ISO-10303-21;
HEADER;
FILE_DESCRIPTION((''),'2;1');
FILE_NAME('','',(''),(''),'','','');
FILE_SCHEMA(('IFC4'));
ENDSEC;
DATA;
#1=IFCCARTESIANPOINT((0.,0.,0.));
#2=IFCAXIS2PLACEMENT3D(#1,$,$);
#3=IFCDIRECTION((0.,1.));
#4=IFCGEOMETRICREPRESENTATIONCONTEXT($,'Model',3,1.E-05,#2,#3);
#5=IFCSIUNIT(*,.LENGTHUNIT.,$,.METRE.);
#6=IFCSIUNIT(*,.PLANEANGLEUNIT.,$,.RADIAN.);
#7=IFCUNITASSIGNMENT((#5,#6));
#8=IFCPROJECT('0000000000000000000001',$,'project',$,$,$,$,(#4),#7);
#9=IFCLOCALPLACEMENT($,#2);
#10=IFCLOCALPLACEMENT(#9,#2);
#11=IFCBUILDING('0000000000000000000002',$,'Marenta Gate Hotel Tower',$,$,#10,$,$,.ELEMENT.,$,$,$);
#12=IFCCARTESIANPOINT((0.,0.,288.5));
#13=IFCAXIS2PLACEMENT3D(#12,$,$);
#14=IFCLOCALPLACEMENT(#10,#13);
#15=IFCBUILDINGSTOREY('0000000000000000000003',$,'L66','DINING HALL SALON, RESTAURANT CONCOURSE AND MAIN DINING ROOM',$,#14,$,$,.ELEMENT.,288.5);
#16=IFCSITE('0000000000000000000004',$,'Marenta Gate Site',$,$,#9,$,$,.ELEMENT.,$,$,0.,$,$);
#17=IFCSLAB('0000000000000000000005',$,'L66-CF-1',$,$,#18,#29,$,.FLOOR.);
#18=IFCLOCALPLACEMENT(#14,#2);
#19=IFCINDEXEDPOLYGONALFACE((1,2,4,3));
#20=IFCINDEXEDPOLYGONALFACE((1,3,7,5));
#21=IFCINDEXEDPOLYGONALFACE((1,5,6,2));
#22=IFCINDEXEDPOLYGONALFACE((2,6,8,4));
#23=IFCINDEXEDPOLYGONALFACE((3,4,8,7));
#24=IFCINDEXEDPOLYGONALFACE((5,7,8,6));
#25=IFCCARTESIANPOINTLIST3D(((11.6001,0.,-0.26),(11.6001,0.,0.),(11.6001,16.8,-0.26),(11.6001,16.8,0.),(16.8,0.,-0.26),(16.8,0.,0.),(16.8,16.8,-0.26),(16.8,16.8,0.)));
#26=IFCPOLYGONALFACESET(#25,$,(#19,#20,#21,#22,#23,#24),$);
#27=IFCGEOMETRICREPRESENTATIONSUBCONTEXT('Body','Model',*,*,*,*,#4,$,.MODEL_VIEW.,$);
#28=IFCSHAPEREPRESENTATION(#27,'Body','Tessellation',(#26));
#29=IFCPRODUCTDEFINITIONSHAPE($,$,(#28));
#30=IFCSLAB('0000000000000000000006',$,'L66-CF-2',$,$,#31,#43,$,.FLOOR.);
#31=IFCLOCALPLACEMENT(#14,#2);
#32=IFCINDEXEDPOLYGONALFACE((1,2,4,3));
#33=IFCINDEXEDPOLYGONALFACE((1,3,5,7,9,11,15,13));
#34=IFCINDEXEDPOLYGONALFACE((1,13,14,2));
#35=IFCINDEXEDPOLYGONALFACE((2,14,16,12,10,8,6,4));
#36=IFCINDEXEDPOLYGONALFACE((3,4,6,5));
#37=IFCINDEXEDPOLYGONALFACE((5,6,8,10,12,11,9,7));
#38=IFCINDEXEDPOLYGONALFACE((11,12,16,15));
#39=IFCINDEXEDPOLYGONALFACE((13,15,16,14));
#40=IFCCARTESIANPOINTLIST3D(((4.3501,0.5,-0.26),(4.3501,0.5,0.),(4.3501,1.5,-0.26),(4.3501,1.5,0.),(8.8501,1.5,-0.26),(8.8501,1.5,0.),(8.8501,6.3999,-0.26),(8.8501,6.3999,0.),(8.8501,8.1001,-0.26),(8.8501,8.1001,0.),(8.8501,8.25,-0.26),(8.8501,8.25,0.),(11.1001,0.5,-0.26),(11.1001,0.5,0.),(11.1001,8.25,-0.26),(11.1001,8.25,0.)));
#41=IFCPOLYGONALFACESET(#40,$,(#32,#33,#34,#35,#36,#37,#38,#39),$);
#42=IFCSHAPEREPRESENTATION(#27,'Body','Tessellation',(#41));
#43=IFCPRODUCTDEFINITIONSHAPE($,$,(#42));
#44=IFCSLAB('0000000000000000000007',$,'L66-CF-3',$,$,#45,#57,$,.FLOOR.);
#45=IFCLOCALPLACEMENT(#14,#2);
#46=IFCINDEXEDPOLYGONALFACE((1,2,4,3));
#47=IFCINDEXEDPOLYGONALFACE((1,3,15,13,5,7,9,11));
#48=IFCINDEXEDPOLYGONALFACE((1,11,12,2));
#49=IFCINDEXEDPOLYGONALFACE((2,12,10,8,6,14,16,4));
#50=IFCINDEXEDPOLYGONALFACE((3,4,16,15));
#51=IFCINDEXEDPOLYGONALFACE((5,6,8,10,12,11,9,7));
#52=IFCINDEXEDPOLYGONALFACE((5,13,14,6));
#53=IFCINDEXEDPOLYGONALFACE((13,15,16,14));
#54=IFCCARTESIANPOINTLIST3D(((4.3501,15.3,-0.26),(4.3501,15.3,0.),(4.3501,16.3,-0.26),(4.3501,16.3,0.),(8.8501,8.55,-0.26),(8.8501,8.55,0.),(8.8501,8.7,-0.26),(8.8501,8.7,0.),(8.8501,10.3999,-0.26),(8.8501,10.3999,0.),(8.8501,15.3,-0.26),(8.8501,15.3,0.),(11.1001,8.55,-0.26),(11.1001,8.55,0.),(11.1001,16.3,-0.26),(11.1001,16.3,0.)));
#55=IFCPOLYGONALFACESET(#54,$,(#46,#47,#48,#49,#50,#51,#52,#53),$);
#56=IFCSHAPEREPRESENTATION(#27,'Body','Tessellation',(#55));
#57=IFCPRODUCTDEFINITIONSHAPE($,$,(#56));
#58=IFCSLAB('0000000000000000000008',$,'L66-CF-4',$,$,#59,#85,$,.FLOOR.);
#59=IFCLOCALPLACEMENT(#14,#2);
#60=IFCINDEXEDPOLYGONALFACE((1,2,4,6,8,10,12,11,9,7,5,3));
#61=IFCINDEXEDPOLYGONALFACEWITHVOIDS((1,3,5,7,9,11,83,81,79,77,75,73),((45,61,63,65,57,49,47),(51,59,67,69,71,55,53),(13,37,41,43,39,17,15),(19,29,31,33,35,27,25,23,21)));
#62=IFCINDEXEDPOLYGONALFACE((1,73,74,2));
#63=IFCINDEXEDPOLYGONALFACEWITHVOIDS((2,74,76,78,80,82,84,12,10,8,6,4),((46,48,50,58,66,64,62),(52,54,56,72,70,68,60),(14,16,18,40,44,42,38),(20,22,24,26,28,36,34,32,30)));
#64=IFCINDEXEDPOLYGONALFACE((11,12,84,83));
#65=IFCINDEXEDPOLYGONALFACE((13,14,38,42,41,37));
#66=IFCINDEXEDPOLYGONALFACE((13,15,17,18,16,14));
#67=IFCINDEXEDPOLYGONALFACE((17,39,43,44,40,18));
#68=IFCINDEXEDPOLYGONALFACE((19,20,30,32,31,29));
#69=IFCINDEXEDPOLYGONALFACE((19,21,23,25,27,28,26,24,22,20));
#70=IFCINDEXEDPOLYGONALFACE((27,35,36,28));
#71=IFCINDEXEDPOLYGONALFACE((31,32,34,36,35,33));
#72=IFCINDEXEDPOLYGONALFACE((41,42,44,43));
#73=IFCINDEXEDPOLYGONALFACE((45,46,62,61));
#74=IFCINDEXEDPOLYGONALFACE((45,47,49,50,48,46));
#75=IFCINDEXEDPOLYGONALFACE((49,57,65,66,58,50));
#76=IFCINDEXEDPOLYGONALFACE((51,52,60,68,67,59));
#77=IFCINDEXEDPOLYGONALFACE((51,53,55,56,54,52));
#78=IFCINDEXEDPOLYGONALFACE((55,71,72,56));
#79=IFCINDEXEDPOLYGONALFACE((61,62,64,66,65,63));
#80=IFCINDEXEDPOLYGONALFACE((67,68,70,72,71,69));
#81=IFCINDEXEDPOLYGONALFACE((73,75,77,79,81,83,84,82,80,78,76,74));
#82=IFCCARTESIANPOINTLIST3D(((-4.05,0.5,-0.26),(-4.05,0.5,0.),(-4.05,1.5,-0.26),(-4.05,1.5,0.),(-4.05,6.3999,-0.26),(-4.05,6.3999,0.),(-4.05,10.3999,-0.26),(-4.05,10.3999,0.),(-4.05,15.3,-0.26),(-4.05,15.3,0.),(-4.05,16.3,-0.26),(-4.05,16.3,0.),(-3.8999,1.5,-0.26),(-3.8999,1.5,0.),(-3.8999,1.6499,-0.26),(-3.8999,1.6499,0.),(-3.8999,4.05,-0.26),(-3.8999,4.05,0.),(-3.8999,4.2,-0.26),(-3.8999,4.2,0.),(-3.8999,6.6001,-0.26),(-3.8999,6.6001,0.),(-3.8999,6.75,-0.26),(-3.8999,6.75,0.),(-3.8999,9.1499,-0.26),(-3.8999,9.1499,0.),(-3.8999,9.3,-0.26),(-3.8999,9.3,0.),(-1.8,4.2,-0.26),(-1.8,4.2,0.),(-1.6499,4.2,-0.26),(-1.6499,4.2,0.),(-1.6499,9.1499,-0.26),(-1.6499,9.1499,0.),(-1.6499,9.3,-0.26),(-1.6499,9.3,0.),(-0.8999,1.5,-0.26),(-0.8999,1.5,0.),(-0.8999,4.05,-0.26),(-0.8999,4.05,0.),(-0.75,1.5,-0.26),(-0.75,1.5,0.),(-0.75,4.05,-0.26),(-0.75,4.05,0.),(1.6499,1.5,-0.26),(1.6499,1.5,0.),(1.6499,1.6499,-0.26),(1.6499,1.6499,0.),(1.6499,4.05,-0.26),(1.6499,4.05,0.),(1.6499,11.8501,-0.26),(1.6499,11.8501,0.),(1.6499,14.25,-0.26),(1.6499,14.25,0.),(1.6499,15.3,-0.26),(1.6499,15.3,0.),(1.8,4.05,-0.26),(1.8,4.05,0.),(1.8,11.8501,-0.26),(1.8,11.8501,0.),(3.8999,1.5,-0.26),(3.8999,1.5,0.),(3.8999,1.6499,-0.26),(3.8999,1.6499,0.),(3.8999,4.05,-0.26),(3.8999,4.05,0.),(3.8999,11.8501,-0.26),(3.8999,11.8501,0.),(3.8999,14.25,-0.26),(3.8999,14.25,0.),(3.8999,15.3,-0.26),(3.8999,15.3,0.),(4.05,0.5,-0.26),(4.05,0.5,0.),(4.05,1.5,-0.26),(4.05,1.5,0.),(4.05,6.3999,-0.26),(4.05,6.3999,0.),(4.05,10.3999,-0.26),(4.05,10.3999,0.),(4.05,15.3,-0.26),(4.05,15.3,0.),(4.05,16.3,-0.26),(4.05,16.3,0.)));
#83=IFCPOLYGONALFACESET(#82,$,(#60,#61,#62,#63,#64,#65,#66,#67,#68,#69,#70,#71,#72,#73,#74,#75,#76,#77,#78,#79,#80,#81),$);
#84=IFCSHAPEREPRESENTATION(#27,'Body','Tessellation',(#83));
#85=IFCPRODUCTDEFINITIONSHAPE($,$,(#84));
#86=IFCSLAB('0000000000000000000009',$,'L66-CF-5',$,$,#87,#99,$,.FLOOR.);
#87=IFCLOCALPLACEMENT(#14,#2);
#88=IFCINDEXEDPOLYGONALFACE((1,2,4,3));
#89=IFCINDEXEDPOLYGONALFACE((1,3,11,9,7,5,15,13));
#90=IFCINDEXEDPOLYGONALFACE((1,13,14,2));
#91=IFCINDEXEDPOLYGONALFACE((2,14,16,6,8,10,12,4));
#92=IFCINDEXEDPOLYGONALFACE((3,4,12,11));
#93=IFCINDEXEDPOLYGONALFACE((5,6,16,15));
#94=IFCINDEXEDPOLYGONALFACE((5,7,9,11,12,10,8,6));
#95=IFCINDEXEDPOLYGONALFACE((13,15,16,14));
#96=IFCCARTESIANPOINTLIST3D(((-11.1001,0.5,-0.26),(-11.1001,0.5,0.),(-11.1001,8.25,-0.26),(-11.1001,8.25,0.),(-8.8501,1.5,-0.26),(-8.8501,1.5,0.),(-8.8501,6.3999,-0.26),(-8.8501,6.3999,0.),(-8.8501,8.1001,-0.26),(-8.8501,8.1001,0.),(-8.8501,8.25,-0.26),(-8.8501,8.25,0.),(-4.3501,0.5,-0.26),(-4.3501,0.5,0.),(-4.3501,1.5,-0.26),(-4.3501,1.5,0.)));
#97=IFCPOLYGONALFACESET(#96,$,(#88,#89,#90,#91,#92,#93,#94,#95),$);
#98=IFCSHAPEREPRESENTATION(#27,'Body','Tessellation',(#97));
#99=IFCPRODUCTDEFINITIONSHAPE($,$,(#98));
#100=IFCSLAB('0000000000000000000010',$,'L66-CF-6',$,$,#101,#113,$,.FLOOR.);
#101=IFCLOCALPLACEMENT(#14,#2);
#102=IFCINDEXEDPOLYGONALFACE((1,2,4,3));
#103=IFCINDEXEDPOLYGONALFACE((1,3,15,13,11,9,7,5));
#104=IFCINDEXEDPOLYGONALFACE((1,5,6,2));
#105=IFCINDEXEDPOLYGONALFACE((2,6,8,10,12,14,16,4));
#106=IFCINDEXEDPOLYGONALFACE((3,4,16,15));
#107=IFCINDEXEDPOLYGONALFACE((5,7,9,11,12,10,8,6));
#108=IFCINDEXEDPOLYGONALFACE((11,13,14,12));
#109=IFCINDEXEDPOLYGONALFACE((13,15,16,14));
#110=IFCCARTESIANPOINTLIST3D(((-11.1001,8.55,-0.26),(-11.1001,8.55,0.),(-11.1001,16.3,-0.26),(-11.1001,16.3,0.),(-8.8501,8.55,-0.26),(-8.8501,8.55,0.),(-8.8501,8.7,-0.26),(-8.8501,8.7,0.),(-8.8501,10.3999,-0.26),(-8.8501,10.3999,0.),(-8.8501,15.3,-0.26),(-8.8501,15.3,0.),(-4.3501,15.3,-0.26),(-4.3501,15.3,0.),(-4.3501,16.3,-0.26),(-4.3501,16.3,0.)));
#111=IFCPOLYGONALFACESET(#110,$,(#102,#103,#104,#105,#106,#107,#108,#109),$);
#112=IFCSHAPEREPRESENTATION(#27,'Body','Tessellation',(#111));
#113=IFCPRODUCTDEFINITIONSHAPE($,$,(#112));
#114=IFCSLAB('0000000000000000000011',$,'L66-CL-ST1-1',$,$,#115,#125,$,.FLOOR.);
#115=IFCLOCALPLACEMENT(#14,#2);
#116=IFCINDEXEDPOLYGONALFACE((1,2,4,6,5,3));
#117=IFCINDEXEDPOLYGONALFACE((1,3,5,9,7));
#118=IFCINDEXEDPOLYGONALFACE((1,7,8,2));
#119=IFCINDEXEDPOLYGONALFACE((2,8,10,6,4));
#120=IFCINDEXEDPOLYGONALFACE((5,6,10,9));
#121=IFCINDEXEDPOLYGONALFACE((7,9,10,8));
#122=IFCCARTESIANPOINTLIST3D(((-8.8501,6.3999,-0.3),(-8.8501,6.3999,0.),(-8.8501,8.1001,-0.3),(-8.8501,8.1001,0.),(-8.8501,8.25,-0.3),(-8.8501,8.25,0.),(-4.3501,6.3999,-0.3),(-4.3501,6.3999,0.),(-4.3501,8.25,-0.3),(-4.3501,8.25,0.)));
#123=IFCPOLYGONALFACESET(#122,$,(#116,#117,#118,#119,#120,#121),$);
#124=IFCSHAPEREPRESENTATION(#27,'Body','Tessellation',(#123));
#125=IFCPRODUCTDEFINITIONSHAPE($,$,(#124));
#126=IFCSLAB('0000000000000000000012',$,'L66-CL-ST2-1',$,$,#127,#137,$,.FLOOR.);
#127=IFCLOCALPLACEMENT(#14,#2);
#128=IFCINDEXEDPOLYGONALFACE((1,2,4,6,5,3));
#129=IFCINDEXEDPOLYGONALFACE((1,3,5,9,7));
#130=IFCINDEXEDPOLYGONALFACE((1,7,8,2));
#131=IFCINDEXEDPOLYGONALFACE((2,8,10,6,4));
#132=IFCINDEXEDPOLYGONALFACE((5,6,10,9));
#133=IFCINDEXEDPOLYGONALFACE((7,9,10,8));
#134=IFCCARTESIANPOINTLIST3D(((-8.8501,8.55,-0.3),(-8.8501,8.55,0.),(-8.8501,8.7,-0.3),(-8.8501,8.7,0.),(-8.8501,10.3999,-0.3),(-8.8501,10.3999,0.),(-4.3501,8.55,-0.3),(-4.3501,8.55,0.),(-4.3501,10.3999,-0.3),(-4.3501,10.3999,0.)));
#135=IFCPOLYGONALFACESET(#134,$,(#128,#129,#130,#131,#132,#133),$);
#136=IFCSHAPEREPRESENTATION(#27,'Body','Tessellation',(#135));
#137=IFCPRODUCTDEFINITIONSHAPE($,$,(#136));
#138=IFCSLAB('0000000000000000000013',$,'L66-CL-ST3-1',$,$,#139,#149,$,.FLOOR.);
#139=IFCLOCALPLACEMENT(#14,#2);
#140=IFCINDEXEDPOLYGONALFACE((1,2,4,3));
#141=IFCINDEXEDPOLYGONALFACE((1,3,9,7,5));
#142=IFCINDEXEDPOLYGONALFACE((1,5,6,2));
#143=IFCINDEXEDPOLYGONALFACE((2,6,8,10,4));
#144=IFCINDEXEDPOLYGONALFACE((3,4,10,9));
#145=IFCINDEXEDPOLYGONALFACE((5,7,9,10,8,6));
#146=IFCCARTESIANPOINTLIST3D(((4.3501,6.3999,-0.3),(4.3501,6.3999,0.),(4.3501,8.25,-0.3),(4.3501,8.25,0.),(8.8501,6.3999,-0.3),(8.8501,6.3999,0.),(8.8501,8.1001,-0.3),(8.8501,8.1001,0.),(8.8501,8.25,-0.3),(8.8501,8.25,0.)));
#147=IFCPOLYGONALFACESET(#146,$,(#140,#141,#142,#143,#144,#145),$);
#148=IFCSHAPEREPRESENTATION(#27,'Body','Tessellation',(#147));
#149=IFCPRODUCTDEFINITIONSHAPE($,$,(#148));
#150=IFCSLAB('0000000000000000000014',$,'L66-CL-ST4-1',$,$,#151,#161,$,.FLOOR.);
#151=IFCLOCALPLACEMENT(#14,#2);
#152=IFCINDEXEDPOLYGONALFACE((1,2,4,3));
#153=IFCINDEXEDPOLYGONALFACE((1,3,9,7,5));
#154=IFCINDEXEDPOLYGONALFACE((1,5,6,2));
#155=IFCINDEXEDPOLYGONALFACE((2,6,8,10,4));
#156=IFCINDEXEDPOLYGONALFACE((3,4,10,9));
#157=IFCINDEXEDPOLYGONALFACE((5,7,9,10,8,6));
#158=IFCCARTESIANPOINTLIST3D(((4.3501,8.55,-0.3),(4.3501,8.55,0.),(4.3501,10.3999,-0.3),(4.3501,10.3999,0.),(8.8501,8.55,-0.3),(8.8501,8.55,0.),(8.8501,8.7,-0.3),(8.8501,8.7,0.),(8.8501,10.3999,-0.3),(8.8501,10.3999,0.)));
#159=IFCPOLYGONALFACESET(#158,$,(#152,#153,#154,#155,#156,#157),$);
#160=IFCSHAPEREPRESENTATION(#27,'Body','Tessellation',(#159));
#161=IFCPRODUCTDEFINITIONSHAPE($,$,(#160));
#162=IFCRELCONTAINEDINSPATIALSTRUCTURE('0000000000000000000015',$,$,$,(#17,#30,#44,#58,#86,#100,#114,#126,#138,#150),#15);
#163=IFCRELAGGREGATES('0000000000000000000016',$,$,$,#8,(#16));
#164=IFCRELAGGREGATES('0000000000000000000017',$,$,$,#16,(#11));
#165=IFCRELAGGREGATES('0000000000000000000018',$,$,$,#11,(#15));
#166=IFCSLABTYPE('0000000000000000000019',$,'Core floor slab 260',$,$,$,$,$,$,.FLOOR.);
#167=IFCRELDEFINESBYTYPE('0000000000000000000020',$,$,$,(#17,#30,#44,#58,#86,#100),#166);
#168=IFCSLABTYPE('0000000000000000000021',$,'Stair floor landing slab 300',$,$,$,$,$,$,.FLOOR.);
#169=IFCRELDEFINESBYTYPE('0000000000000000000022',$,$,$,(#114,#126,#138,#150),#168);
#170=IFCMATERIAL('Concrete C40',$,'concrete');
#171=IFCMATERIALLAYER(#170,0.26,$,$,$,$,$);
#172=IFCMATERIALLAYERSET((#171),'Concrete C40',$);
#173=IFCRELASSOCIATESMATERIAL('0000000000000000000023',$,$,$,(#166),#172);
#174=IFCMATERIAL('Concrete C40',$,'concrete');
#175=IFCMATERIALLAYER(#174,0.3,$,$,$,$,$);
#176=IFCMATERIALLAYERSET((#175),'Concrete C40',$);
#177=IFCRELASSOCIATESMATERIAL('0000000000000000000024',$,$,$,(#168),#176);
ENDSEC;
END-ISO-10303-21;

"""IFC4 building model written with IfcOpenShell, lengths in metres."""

from ifc_helpers import new_model, si_unit, direction, frame, origin, place, context, subcontext, project, spatial, polyline, outline, extrude, material, layer, layer_set, type_object, element, save


model = new_model("IFC4")

# Units and contexts
model_context = context("Model", 3, precision=1e-05, world=origin(), true_north=direction((0.0, 1.0)))
body_context = subcontext(model_context, "Body", "Model", "MODEL_VIEW")
ifc_project = project(units=[si_unit("LENGTHUNIT", "METRE"), si_unit("PLANEANGLEUNIT", "RADIAN")], contexts=[model_context])

# Site, building, storey
site_placement = place(None, origin())
site = spatial("IfcSite", under=ifc_project, at=site_placement, Name="Marenta Gate Site", CompositionType="ELEMENT", RefElevation=0.0)
building_placement = place(site_placement, origin())
building = spatial("IfcBuilding", under=site, at=building_placement, Name="Marenta Gate Hotel Tower", CompositionType="ELEMENT")
storey_placement = place(building_placement, frame((0.0, 0.0, 288.5)))
storey = spatial("IfcBuildingStorey", under=building, at=storey_placement, Name="L66", Description="DINING HALL SALON, RESTAURANT CONCOURSE AND MAIN DINING ROOM", CompositionType="ELEMENT", Elevation=288.5)

# Slabs
ifc_material_1 = material(Name="Concrete C40", Category="concrete")
ifc_layer_1 = layer(ifc_material_1, 0.26)
ifc_layer_set_1 = layer_set([ifc_layer_1], Name="Concrete C40")
slab_type_1 = type_object("IfcSlabType", Name="Core floor slab 260", PredefinedType="FLOOR", material=ifc_layer_set_1)
slab_1_placement = place(storey_placement, frame((0.0, 0.0, -0.26)))
element("IfcSlab", 1, at=slab_1_placement, inside=storey, type_object=slab_type_1, Name="L66-CF-1", PredefinedType="FLOOR", context=body_context, shape_type="SweptSolid", body=[
    extrude(outline(polyline([(11.6001, 0.0), (11.6001, 16.8), (16.8, 16.8), (16.8, 0.0), (11.6001, 0.0)])), origin(), (0.0, 0.0, 1.0), 0.26),
])
slab_2_placement = place(storey_placement, frame((0.0, 0.0, -0.26)))
element("IfcSlab", 2, at=slab_2_placement, inside=storey, type_object=slab_type_1, Name="L66-CF-2", PredefinedType="FLOOR", context=body_context, shape_type="SweptSolid", body=[
    extrude(outline(polyline([(8.8501, 1.5), (8.8501, 6.3999), (8.8501, 8.1001), (8.8501, 8.25), (11.1001, 8.25), (11.1001, 0.5), (4.3501, 0.5), (4.3501, 1.5), (8.8501, 1.5)])), origin(), (0.0, 0.0, 1.0), 0.26),
])
slab_3_placement = place(storey_placement, frame((0.0, 0.0, -0.26)))
element("IfcSlab", 3, at=slab_3_placement, inside=storey, type_object=slab_type_1, Name="L66-CF-3", PredefinedType="FLOOR", context=body_context, shape_type="SweptSolid", body=[
    extrude(outline(polyline([(8.8501, 15.3), (4.3501, 15.3), (4.3501, 16.3), (11.1001, 16.3), (11.1001, 8.55), (8.8501, 8.55), (8.8501, 8.7), (8.8501, 10.3999), (8.8501, 15.3)])), origin(), (0.0, 0.0, 1.0), 0.26),
])
slab_4_placement = place(storey_placement, frame((0.0, 0.0, -0.26)))
element("IfcSlab", 4, at=slab_4_placement, inside=storey, type_object=slab_type_1, Name="L66-CF-4", PredefinedType="FLOOR", context=body_context, shape_type="SweptSolid", body=[
    extrude(outline(polyline([(4.05, 15.3), (4.05, 10.3999), (4.05, 6.3999), (4.05, 1.5), (4.05, 0.5), (-4.05, 0.5), (-4.05, 1.5), (-4.05, 6.3999), (-4.05, 10.3999), (-4.05, 15.3), (-4.05, 16.3), (4.05, 16.3), (4.05, 15.3)]), holes=[polyline([(1.6499, 1.6499), (1.6499, 1.5), (3.8999, 1.5), (3.8999, 1.6499), (3.8999, 4.05), (1.8, 4.05), (1.6499, 4.05), (1.6499, 1.6499)]), polyline([(1.6499, 14.25), (1.6499, 11.8501), (1.8, 11.8501), (3.8999, 11.8501), (3.8999, 14.25), (3.8999, 15.3), (1.6499, 15.3), (1.6499, 14.25)]), polyline([(-3.8999, 1.5), (-0.8999, 1.5), (-0.75, 1.5), (-0.75, 4.05), (-0.8999, 4.05), (-3.8999, 4.05), (-3.8999, 1.6499), (-3.8999, 1.5)]), polyline([(-1.8, 4.2), (-1.6499, 4.2), (-1.6499, 9.1499), (-1.6499, 9.3), (-3.8999, 9.3), (-3.8999, 9.1499), (-3.8999, 6.75), (-3.8999, 6.6001), (-3.8999, 4.2), (-1.8, 4.2)])]), origin(), (0.0, 0.0, 1.0), 0.26),
])
slab_5_placement = place(storey_placement, frame((0.0, 0.0, -0.26)))
element("IfcSlab", 5, at=slab_5_placement, inside=storey, type_object=slab_type_1, Name="L66-CF-5", PredefinedType="FLOOR", context=body_context, shape_type="SweptSolid", body=[
    extrude(outline(polyline([(-8.8501, 8.25), (-8.8501, 8.1001), (-8.8501, 6.3999), (-8.8501, 1.5), (-4.3501, 1.5), (-4.3501, 0.5), (-11.1001, 0.5), (-11.1001, 8.25), (-8.8501, 8.25)])), origin(), (0.0, 0.0, 1.0), 0.26),
])
slab_6_placement = place(storey_placement, frame((0.0, 0.0, -0.26)))
element("IfcSlab", 6, at=slab_6_placement, inside=storey, type_object=slab_type_1, Name="L66-CF-6", PredefinedType="FLOOR", context=body_context, shape_type="SweptSolid", body=[
    extrude(outline(polyline([(-4.3501, 15.3), (-8.8501, 15.3), (-8.8501, 10.3999), (-8.8501, 8.7), (-8.8501, 8.55), (-11.1001, 8.55), (-11.1001, 16.3), (-4.3501, 16.3), (-4.3501, 15.3)])), origin(), (0.0, 0.0, 1.0), 0.26),
])
ifc_material_2 = material(Name="Concrete C40", Category="concrete")
ifc_layer_2 = layer(ifc_material_2, 0.3)
ifc_layer_set_2 = layer_set([ifc_layer_2], Name="Concrete C40")
slab_type_2 = type_object("IfcSlabType", Name="Stair floor landing slab 300", PredefinedType="FLOOR", material=ifc_layer_set_2)
slab_7_placement = place(storey_placement, frame((0.0, 0.0, -0.3)))
element("IfcSlab", 7, at=slab_7_placement, inside=storey, type_object=slab_type_2, Name="L66-CL-ST1-1", PredefinedType="FLOOR", context=body_context, shape_type="SweptSolid", body=[
    extrude(outline(polyline([(-4.3501, 6.3999), (-8.8501, 6.3999), (-8.8501, 8.1001), (-8.8501, 8.25), (-4.3501, 8.25), (-4.3501, 6.3999)])), origin(), (0.0, 0.0, 1.0), 0.3),
])
slab_8_placement = place(storey_placement, frame((0.0, 0.0, -0.3)))
element("IfcSlab", 8, at=slab_8_placement, inside=storey, type_object=slab_type_2, Name="L66-CL-ST2-1", PredefinedType="FLOOR", context=body_context, shape_type="SweptSolid", body=[
    extrude(outline(polyline([(-4.3501, 8.55), (-8.8501, 8.55), (-8.8501, 8.7), (-8.8501, 10.3999), (-4.3501, 10.3999), (-4.3501, 8.55)])), origin(), (0.0, 0.0, 1.0), 0.3),
])
slab_9_placement = place(storey_placement, frame((0.0, 0.0, -0.3)))
element("IfcSlab", 9, at=slab_9_placement, inside=storey, type_object=slab_type_2, Name="L66-CL-ST3-1", PredefinedType="FLOOR", context=body_context, shape_type="SweptSolid", body=[
    extrude(outline(polyline([(4.3501, 6.3999), (4.3501, 8.25), (8.8501, 8.25), (8.8501, 8.1001), (8.8501, 6.3999), (4.3501, 6.3999)])), origin(), (0.0, 0.0, 1.0), 0.3),
])
slab_10_placement = place(storey_placement, frame((0.0, 0.0, -0.3)))
element("IfcSlab", 10, at=slab_10_placement, inside=storey, type_object=slab_type_2, Name="L66-CL-ST4-1", PredefinedType="FLOOR", context=body_context, shape_type="SweptSolid", body=[
    extrude(outline(polyline([(4.3501, 8.55), (4.3501, 10.3999), (8.8501, 10.3999), (8.8501, 8.7), (8.8501, 8.55), (4.3501, 8.55)])), origin(), (0.0, 0.0, 1.0), 0.3),
])

save(model, "model.ifc")
